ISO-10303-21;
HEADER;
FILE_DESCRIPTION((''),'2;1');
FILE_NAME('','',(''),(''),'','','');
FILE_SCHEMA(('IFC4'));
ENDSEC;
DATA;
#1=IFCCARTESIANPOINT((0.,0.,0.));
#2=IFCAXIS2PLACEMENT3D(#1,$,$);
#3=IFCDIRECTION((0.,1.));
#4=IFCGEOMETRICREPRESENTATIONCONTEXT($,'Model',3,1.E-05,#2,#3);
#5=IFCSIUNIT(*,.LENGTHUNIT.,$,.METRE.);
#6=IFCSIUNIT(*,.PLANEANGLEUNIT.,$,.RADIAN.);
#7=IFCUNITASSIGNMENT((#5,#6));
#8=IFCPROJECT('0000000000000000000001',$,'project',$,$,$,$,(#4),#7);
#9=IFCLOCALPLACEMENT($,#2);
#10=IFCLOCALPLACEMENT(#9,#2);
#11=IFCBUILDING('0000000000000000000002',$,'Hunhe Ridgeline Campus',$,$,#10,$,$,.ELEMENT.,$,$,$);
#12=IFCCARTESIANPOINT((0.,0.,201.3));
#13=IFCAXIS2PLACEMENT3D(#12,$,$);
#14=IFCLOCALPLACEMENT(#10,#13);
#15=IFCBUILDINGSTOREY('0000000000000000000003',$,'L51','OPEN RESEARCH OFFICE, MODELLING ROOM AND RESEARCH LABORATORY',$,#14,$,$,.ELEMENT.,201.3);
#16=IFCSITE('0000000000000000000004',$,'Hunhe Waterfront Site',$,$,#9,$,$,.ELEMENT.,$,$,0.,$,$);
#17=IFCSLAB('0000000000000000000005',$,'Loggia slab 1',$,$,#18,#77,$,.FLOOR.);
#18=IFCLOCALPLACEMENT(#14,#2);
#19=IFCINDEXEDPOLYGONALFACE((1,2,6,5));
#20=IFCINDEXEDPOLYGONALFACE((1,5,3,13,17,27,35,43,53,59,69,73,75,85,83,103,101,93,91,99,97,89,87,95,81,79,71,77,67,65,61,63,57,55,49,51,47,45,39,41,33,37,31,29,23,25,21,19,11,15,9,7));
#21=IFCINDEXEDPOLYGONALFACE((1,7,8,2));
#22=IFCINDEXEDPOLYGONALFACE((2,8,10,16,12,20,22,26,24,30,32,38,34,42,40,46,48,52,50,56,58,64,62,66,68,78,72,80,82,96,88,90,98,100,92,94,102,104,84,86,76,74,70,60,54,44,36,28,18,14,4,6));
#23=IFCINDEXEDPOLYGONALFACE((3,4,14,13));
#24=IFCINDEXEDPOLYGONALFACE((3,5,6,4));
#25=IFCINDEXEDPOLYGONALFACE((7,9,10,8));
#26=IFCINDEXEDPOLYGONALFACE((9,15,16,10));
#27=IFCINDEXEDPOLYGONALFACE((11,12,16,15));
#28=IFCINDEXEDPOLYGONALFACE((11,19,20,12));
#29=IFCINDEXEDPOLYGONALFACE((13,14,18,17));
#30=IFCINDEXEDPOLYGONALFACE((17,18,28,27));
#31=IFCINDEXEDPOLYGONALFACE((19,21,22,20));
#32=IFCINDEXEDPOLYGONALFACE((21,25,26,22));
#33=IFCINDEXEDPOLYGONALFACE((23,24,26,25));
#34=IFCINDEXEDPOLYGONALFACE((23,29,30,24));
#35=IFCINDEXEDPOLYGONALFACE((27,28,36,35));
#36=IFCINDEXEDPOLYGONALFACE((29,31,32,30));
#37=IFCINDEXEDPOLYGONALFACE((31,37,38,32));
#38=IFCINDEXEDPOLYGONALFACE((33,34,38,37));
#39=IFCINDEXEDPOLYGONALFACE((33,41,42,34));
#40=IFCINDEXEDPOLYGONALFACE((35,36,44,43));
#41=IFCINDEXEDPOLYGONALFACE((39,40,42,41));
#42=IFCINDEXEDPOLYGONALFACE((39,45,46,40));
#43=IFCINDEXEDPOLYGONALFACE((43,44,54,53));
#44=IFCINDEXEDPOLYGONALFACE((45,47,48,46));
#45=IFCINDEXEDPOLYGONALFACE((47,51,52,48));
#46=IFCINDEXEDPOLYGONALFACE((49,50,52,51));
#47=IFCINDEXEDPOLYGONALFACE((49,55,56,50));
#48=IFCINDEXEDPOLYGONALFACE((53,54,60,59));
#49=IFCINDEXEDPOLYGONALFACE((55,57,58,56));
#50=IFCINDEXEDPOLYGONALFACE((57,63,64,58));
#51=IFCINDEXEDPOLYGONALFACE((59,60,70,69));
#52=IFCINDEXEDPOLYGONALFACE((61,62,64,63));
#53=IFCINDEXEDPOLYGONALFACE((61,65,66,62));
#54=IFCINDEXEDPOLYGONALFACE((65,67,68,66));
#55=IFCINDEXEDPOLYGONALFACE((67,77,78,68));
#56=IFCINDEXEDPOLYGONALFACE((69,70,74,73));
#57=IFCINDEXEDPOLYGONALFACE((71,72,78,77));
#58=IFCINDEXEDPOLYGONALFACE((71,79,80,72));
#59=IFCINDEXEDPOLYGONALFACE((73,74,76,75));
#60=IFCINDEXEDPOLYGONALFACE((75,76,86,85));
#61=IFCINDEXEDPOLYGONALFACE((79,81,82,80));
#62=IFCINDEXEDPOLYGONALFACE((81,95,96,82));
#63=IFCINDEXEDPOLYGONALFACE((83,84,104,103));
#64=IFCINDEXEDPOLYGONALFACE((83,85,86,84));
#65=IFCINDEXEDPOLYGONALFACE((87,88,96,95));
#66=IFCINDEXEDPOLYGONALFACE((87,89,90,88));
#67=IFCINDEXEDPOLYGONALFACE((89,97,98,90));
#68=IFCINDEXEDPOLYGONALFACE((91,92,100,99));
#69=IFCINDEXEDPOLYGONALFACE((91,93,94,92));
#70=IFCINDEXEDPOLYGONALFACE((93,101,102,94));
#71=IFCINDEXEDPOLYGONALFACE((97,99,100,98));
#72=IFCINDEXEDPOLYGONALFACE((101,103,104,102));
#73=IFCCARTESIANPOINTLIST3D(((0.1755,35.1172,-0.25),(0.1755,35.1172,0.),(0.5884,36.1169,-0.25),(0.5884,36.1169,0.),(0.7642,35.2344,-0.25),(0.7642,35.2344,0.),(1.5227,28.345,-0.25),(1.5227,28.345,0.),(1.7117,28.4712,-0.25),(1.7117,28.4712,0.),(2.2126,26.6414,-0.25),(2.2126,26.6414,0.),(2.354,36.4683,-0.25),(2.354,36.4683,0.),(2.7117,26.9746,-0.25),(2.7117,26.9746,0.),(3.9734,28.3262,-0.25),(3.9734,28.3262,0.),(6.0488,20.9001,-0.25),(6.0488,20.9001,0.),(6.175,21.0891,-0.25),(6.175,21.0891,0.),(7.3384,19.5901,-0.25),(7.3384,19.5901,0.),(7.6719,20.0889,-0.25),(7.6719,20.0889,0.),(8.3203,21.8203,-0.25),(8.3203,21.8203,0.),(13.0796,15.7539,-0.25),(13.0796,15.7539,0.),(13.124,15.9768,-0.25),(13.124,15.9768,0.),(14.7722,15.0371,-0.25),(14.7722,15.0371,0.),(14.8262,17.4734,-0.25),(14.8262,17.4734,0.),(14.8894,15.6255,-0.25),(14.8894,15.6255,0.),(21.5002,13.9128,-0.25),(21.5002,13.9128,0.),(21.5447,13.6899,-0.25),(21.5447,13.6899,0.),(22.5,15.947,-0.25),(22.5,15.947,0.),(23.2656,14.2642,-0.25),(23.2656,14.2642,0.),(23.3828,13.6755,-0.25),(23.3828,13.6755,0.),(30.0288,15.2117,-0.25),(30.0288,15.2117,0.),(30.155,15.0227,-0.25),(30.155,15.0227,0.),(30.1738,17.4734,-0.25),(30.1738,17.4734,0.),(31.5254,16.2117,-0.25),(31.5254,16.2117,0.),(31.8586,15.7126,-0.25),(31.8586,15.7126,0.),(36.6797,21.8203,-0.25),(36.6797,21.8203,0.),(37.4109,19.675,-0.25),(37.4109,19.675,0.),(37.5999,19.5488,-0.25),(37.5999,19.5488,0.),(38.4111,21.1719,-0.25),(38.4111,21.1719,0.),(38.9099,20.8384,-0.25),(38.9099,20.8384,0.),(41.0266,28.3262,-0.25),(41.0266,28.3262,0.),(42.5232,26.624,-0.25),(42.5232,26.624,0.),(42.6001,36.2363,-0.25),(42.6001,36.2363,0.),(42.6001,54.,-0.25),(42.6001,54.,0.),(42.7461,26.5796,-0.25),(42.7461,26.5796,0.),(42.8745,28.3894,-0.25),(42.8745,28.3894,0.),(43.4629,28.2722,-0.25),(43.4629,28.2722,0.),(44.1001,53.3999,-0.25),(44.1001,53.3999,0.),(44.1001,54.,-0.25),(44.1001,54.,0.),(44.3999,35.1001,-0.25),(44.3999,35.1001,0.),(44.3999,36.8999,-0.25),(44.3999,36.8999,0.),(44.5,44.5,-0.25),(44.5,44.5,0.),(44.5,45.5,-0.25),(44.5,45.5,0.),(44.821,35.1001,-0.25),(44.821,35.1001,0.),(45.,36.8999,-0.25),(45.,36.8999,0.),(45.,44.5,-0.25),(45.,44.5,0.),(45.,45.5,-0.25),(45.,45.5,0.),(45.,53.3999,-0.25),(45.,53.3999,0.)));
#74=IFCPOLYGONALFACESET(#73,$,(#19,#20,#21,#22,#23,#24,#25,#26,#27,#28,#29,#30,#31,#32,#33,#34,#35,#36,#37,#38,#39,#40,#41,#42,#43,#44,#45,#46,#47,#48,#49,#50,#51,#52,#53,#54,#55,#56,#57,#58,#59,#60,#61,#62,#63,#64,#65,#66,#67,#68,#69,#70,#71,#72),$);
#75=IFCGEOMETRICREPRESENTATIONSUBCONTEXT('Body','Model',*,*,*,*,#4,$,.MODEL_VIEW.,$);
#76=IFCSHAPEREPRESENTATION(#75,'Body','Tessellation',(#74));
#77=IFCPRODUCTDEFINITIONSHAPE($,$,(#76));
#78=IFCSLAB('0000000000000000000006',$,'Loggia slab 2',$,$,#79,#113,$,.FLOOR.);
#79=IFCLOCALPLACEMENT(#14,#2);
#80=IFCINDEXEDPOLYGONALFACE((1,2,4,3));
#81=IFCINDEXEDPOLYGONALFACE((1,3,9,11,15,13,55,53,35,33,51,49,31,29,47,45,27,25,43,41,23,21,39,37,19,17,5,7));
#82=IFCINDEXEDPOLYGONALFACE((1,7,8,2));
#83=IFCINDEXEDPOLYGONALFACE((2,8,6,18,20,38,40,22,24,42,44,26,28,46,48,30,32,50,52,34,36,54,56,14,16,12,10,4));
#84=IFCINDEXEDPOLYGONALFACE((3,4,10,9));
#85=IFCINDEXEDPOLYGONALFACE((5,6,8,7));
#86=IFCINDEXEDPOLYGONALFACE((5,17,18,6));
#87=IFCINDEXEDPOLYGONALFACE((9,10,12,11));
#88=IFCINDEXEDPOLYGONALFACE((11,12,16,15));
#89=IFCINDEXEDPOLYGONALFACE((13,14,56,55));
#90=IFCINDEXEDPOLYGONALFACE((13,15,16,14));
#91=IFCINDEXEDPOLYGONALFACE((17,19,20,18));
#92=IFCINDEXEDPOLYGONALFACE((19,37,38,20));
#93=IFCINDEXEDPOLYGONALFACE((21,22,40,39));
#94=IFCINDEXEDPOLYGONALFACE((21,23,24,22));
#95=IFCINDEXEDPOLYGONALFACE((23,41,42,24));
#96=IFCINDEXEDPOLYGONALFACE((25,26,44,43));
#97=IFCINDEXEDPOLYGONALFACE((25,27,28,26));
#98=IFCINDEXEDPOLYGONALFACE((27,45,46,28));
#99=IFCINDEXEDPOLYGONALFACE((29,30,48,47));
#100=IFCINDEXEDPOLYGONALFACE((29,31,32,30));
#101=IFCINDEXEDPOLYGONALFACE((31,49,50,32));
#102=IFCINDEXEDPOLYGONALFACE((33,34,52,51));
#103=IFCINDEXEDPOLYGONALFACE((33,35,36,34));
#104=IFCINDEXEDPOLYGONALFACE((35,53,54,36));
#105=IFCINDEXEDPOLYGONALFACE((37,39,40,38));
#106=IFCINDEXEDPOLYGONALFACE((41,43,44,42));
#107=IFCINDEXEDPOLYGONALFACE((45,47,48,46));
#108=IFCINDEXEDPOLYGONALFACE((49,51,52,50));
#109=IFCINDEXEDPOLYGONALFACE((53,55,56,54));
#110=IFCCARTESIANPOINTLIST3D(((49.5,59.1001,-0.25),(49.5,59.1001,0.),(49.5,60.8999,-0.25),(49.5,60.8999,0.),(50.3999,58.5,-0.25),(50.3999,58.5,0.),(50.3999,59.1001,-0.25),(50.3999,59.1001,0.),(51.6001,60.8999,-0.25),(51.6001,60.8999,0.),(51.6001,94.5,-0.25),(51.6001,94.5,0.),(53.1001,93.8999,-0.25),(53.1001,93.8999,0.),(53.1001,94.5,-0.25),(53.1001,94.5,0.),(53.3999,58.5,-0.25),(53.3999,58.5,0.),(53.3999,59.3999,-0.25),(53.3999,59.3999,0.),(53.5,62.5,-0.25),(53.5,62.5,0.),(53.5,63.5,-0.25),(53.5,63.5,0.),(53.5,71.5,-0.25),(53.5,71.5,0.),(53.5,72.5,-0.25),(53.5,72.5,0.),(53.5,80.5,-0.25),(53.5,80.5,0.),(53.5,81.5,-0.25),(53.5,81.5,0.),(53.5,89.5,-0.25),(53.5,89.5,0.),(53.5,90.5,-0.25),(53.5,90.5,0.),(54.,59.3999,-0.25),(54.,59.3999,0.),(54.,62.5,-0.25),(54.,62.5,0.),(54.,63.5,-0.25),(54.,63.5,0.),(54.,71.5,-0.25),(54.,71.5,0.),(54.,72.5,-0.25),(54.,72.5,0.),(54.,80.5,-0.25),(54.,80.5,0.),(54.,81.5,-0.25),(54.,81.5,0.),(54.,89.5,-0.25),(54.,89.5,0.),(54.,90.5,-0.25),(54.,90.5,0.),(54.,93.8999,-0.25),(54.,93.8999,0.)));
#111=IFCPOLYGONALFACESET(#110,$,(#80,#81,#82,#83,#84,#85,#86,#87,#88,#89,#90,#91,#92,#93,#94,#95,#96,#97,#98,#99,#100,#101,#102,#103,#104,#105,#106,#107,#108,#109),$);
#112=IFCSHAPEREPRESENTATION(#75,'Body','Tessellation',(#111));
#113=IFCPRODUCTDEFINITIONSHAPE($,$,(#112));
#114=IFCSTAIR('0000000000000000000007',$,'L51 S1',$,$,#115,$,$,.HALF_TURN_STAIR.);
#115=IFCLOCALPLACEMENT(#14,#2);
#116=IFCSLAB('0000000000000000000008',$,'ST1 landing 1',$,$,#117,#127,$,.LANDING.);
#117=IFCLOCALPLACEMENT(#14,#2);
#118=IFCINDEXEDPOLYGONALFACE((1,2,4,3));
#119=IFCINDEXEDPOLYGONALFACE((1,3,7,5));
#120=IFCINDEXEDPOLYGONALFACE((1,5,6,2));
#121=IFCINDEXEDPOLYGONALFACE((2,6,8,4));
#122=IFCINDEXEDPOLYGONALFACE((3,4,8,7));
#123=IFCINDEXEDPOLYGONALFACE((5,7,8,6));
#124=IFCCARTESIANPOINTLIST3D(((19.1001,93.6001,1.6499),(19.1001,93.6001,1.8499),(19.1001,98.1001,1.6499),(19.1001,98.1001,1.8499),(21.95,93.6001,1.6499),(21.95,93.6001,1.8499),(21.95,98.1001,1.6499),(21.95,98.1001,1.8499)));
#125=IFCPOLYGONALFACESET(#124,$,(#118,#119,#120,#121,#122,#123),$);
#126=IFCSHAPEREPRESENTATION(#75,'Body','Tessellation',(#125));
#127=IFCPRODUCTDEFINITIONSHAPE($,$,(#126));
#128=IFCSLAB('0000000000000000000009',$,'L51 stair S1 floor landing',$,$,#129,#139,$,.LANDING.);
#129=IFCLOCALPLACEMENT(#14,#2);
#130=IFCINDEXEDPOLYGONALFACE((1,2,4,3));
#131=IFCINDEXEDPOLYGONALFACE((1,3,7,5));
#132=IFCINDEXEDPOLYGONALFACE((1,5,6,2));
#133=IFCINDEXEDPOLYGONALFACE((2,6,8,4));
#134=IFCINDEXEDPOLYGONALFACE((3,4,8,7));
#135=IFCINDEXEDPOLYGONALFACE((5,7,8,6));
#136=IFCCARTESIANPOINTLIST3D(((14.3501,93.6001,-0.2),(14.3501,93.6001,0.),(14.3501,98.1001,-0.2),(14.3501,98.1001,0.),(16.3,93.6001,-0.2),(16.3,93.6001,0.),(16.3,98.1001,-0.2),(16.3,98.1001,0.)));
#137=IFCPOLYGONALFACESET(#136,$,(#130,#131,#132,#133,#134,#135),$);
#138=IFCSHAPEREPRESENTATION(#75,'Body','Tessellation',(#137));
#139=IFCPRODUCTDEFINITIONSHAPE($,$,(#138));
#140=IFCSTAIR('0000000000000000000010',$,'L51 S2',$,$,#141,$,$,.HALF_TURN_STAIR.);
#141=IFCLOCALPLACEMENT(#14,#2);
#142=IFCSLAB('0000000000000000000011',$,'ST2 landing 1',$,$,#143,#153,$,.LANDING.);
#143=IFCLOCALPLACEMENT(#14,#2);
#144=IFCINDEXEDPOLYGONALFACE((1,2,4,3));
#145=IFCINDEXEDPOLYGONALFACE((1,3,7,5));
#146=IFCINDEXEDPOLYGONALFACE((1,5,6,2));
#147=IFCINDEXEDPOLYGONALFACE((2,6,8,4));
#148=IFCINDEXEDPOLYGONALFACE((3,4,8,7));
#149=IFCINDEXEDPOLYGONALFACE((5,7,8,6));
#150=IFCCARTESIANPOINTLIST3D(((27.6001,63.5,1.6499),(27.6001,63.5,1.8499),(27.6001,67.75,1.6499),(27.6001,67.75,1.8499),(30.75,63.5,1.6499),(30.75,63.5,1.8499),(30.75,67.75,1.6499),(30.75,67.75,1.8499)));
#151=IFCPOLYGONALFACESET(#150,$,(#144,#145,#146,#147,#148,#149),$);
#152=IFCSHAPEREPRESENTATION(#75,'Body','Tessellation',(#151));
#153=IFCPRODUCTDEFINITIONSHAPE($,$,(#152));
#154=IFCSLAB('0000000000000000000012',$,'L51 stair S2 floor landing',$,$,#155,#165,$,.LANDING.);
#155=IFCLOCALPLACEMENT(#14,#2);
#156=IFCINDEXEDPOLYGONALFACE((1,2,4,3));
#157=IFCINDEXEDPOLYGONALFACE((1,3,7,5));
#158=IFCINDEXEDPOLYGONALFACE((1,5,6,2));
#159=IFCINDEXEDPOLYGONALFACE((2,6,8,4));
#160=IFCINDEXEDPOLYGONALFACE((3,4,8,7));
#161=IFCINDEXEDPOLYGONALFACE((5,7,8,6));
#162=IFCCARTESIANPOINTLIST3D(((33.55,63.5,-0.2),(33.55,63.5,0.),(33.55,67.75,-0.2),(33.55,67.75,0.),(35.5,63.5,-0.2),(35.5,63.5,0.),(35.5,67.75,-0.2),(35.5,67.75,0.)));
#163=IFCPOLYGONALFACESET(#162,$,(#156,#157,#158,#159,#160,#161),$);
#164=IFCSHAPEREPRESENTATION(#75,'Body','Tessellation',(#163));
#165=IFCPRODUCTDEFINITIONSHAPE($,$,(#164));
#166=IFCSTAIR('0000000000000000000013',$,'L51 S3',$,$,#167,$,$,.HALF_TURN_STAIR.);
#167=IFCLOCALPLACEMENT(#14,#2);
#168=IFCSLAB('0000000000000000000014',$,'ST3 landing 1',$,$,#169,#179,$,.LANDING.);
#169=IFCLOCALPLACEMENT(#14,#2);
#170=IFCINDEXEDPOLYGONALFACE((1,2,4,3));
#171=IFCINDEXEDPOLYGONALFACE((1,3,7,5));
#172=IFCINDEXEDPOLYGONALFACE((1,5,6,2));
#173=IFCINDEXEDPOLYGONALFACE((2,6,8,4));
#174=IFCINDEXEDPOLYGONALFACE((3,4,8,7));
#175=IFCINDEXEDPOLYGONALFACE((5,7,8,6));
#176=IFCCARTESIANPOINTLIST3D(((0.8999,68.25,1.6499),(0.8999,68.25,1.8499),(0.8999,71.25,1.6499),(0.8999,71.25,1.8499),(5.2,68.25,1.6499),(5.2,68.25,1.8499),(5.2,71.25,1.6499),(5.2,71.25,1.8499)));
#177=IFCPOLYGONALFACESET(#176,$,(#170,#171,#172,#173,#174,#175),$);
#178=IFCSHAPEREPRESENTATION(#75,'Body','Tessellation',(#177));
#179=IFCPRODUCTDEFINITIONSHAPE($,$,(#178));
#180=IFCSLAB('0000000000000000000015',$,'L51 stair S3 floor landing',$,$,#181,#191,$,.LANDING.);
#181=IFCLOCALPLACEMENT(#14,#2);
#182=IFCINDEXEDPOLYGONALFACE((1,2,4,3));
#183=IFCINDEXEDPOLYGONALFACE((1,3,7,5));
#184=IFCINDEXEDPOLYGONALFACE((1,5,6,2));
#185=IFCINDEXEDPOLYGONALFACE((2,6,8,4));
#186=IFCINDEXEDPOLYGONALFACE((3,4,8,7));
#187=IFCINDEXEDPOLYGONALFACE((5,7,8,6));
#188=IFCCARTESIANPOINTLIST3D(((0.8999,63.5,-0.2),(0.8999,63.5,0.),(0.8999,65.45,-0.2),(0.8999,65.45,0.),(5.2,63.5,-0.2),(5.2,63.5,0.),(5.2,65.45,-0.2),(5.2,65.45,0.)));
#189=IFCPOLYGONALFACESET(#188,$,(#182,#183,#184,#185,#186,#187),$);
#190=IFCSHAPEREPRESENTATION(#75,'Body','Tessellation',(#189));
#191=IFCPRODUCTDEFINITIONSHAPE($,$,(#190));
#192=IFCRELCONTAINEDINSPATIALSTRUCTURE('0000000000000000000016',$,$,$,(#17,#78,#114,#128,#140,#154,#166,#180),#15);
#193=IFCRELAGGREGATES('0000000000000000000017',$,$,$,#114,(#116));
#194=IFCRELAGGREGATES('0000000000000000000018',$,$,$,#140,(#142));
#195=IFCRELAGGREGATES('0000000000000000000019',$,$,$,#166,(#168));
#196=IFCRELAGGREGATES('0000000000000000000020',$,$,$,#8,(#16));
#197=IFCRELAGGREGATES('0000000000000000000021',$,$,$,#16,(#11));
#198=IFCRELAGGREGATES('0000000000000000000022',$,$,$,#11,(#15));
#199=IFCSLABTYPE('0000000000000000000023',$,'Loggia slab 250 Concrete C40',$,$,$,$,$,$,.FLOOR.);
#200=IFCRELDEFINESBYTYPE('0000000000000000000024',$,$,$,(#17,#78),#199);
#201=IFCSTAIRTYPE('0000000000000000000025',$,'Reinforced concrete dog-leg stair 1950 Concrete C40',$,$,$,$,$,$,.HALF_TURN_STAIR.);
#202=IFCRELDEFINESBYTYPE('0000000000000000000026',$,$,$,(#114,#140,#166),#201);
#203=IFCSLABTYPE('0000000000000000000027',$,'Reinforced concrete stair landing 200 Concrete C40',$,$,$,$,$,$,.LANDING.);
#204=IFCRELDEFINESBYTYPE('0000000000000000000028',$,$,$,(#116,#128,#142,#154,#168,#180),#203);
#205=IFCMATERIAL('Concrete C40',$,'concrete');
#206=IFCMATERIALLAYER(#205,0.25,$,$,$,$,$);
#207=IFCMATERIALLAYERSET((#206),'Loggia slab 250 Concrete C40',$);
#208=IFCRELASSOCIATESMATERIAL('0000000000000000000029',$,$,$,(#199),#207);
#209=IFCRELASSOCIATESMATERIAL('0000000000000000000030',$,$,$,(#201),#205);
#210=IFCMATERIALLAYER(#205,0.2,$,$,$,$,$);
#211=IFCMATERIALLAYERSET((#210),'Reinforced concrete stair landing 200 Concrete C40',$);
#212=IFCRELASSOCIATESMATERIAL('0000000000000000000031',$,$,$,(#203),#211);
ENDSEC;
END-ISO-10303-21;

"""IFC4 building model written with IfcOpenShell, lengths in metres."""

from ifc_helpers import new_model, si_unit, direction, frame, origin, place, context, subcontext, project, spatial, polyline, outline, extrude, material, layer, layer_set, type_object, element, aggregate, save


model = new_model("IFC4")

# Units and contexts
model_context = context("Model", 3, precision=1e-05, world=origin(), true_north=direction((0.0, 1.0)))
body_context = subcontext(model_context, "Body", "Model", "MODEL_VIEW")
ifc_project = project(units=[si_unit("LENGTHUNIT", "METRE"), si_unit("PLANEANGLEUNIT", "RADIAN")], contexts=[model_context])

# Site, building, storey
site_placement = place(None, origin())
site = spatial("IfcSite", under=ifc_project, at=site_placement, Name="Hunhe Waterfront Site", CompositionType="ELEMENT", RefElevation=0.0)
building_placement = place(site_placement, origin())
building = spatial("IfcBuilding", under=site, at=building_placement, Name="Hunhe Ridgeline Campus", CompositionType="ELEMENT")
storey_placement = place(building_placement, frame((0.0, 0.0, 201.3)))
storey = spatial("IfcBuildingStorey", under=building, at=storey_placement, Name="L51", Description="OPEN RESEARCH OFFICE, MODELLING ROOM AND RESEARCH LABORATORY", CompositionType="ELEMENT", Elevation=201.3)

# Slabs
ifc_material_1 = material(Name="Concrete C40", Category="concrete")
ifc_layer_1 = layer(ifc_material_1, 0.25)
ifc_layer_set_1 = layer_set([ifc_layer_1], Name="Loggia slab 250 Concrete C40")
slab_type_1 = type_object("IfcSlabType", Name="Loggia slab 250 Concrete C40", PredefinedType="FLOOR", material=ifc_layer_set_1)
slab_1_placement = place(storey_placement, frame((0.0, 0.0, -0.25)))
element("IfcSlab", 1, at=slab_1_placement, inside=storey, type_object=slab_type_1, Name="Loggia slab 1", PredefinedType="FLOOR", context=body_context, shape_type="SweptSolid", body=[
    extrude(outline(polyline([(30.1738, 17.4734), (22.5, 15.947), (14.8262, 17.4734), (8.3203, 21.8203), (3.9734, 28.3262), (2.354, 36.4683), (0.5884, 36.1169), (0.7642, 35.2344), (0.1755, 35.1172), (1.5227, 28.345), (1.7117, 28.4712), (2.7117, 26.9746), (2.2126, 26.6414), (6.0488, 20.9001), (6.175, 21.0891), (7.6719, 20.0889), (7.3384, 19.5901), (13.0796, 15.7539), (13.124, 15.9768), (14.8894, 15.6255), (14.7722, 15.0371), (21.5447, 13.6899), (21.5002, 13.9128), (23.2656, 14.2642), (23.3828, 13.6755), (30.155, 15.0227), (30.0288, 15.2117), (31.5254, 16.2117), (31.8586, 15.7126), (37.5999, 19.5488), (37.4109, 19.675), (38.4111, 21.1719), (38.9099, 20.8384), (42.7461, 26.5796), (42.5232, 26.624), (42.8745, 28.3894), (43.4629, 28.2722), (44.821, 35.1001), (44.3999, 35.1001), (44.3999, 36.8999), (45.0, 36.8999), (45.0, 44.5), (44.5, 44.5), (44.5, 45.5), (45.0, 45.5), (45.0, 53.3999), (44.1001, 53.3999), (44.1001, 54.0), (42.6001, 54.0), (42.6001, 36.2363), (41.0266, 28.3262), (36.6797, 21.8203), (30.1738, 17.4734)])), origin(), (0.0, 0.0, 1.0), 0.25),
])
slab_2_placement = place(storey_placement, frame((0.0, 0.0, -0.25)))
element("IfcSlab", 2, at=slab_2_placement, inside=storey, type_object=slab_type_1, Name="Loggia slab 2", PredefinedType="FLOOR", context=body_context, shape_type="SweptSolid", body=[
    extrude(outline(polyline([(49.5, 59.1001), (50.3999, 59.1001), (50.3999, 58.5), (53.3999, 58.5), (53.3999, 59.3999), (54.0, 59.3999), (54.0, 62.5), (53.5, 62.5), (53.5, 63.5), (54.0, 63.5), (54.0, 71.5), (53.5, 71.5), (53.5, 72.5), (54.0, 72.5), (54.0, 80.5), (53.5, 80.5), (53.5, 81.5), (54.0, 81.5), (54.0, 89.5), (53.5, 89.5), (53.5, 90.5), (54.0, 90.5), (54.0, 93.8999), (53.1001, 93.8999), (53.1001, 94.5), (51.6001, 94.5), (51.6001, 60.8999), (49.5, 60.8999), (49.5, 59.1001)])), origin(), (0.0, 0.0, 1.0), 0.25),
])

# Stair, slab
stair_type = type_object("IfcStairType", Name="Reinforced concrete dog-leg stair 1950 Concrete C40", PredefinedType="HALF_TURN_STAIR", material=ifc_material_1)
stair_1_placement = place(storey_placement, origin())
stair_1 = element("IfcStair", 3, at=stair_1_placement, inside=storey, type_object=stair_type, Name="L51 S1", PredefinedType="HALF_TURN_STAIR")
ifc_layer_2 = layer(ifc_material_1, 0.2)
ifc_layer_set_2 = layer_set([ifc_layer_2], Name="Reinforced concrete stair landing 200 Concrete C40")
slab_type_2 = type_object("IfcSlabType", Name="Reinforced concrete stair landing 200 Concrete C40", PredefinedType="LANDING", material=ifc_layer_set_2)
slab_3_placement = place(storey_placement, frame((0.0, 0.0, 1.6499)))
slab_3 = element("IfcSlab", 4, at=slab_3_placement, type_object=slab_type_2, Name="ST1 landing 1", PredefinedType="LANDING", context=body_context, shape_type="SweptSolid", body=[
    extrude(outline(polyline([(19.1001, 93.6001), (21.95, 93.6001), (21.95, 98.1001), (19.1001, 98.1001), (19.1001, 93.6001)])), origin(), (0.0, 0.0, 1.0), 0.2),
])
aggregate(stair_1, [slab_3])

# Slab
slab_4_placement = place(storey_placement, frame((0.0, 0.0, -0.2)))
element("IfcSlab", 5, at=slab_4_placement, inside=storey, type_object=slab_type_2, Name="L51 stair S1 floor landing", PredefinedType="LANDING", context=body_context, shape_type="SweptSolid", body=[
    extrude(outline(polyline([(14.3501, 93.6001), (16.3, 93.6001), (16.3, 98.1001), (14.3501, 98.1001), (14.3501, 93.6001)])), origin(), (0.0, 0.0, 1.0), 0.2),
])

# Stair, slab
stair_2_placement = place(storey_placement, origin())
stair_2 = element("IfcStair", 6, at=stair_2_placement, inside=storey, type_object=stair_type, Name="L51 S2", PredefinedType="HALF_TURN_STAIR")
slab_5_placement = place(storey_placement, frame((0.0, 0.0, 1.6499)))
slab_5 = element("IfcSlab", 7, at=slab_5_placement, type_object=slab_type_2, Name="ST2 landing 1", PredefinedType="LANDING", context=body_context, shape_type="SweptSolid", body=[
    extrude(outline(polyline([(30.75, 67.75), (27.6001, 67.75), (27.6001, 63.5), (30.75, 63.5), (30.75, 67.75)])), origin(), (0.0, 0.0, 1.0), 0.2),
])
aggregate(stair_2, [slab_5])

# Slab
slab_6_placement = place(storey_placement, frame((0.0, 0.0, -0.2)))
element("IfcSlab", 8, at=slab_6_placement, inside=storey, type_object=slab_type_2, Name="L51 stair S2 floor landing", PredefinedType="LANDING", context=body_context, shape_type="SweptSolid", body=[
    extrude(outline(polyline([(35.5, 67.75), (33.55, 67.75), (33.55, 63.5), (35.5, 63.5), (35.5, 67.75)])), origin(), (0.0, 0.0, 1.0), 0.2),
])

# Stair, slab
stair_3_placement = place(storey_placement, origin())
stair_3 = element("IfcStair", 9, at=stair_3_placement, inside=storey, type_object=stair_type, Name="L51 S3", PredefinedType="HALF_TURN_STAIR")
slab_7_placement = place(storey_placement, frame((0.0, 0.0, 1.6499)))
slab_7 = element("IfcSlab", 10, at=slab_7_placement, type_object=slab_type_2, Name="ST3 landing 1", PredefinedType="LANDING", context=body_context, shape_type="SweptSolid", body=[
    extrude(outline(polyline([(5.2, 68.25), (5.2, 71.25), (0.8999, 71.25), (0.8999, 68.25), (5.2, 68.25)])), origin(), (0.0, 0.0, 1.0), 0.2),
])
aggregate(stair_3, [slab_7])

# Slab
slab_8_placement = place(storey_placement, frame((0.0, 0.0, -0.2)))
element("IfcSlab", 11, at=slab_8_placement, inside=storey, type_object=slab_type_2, Name="L51 stair S3 floor landing", PredefinedType="LANDING", context=body_context, shape_type="SweptSolid", body=[
    extrude(outline(polyline([(5.2, 63.5), (5.2, 65.45), (0.8999, 65.45), (0.8999, 63.5), (5.2, 63.5)])), origin(), (0.0, 0.0, 1.0), 0.2),
])

save(model, "model.ifc")
